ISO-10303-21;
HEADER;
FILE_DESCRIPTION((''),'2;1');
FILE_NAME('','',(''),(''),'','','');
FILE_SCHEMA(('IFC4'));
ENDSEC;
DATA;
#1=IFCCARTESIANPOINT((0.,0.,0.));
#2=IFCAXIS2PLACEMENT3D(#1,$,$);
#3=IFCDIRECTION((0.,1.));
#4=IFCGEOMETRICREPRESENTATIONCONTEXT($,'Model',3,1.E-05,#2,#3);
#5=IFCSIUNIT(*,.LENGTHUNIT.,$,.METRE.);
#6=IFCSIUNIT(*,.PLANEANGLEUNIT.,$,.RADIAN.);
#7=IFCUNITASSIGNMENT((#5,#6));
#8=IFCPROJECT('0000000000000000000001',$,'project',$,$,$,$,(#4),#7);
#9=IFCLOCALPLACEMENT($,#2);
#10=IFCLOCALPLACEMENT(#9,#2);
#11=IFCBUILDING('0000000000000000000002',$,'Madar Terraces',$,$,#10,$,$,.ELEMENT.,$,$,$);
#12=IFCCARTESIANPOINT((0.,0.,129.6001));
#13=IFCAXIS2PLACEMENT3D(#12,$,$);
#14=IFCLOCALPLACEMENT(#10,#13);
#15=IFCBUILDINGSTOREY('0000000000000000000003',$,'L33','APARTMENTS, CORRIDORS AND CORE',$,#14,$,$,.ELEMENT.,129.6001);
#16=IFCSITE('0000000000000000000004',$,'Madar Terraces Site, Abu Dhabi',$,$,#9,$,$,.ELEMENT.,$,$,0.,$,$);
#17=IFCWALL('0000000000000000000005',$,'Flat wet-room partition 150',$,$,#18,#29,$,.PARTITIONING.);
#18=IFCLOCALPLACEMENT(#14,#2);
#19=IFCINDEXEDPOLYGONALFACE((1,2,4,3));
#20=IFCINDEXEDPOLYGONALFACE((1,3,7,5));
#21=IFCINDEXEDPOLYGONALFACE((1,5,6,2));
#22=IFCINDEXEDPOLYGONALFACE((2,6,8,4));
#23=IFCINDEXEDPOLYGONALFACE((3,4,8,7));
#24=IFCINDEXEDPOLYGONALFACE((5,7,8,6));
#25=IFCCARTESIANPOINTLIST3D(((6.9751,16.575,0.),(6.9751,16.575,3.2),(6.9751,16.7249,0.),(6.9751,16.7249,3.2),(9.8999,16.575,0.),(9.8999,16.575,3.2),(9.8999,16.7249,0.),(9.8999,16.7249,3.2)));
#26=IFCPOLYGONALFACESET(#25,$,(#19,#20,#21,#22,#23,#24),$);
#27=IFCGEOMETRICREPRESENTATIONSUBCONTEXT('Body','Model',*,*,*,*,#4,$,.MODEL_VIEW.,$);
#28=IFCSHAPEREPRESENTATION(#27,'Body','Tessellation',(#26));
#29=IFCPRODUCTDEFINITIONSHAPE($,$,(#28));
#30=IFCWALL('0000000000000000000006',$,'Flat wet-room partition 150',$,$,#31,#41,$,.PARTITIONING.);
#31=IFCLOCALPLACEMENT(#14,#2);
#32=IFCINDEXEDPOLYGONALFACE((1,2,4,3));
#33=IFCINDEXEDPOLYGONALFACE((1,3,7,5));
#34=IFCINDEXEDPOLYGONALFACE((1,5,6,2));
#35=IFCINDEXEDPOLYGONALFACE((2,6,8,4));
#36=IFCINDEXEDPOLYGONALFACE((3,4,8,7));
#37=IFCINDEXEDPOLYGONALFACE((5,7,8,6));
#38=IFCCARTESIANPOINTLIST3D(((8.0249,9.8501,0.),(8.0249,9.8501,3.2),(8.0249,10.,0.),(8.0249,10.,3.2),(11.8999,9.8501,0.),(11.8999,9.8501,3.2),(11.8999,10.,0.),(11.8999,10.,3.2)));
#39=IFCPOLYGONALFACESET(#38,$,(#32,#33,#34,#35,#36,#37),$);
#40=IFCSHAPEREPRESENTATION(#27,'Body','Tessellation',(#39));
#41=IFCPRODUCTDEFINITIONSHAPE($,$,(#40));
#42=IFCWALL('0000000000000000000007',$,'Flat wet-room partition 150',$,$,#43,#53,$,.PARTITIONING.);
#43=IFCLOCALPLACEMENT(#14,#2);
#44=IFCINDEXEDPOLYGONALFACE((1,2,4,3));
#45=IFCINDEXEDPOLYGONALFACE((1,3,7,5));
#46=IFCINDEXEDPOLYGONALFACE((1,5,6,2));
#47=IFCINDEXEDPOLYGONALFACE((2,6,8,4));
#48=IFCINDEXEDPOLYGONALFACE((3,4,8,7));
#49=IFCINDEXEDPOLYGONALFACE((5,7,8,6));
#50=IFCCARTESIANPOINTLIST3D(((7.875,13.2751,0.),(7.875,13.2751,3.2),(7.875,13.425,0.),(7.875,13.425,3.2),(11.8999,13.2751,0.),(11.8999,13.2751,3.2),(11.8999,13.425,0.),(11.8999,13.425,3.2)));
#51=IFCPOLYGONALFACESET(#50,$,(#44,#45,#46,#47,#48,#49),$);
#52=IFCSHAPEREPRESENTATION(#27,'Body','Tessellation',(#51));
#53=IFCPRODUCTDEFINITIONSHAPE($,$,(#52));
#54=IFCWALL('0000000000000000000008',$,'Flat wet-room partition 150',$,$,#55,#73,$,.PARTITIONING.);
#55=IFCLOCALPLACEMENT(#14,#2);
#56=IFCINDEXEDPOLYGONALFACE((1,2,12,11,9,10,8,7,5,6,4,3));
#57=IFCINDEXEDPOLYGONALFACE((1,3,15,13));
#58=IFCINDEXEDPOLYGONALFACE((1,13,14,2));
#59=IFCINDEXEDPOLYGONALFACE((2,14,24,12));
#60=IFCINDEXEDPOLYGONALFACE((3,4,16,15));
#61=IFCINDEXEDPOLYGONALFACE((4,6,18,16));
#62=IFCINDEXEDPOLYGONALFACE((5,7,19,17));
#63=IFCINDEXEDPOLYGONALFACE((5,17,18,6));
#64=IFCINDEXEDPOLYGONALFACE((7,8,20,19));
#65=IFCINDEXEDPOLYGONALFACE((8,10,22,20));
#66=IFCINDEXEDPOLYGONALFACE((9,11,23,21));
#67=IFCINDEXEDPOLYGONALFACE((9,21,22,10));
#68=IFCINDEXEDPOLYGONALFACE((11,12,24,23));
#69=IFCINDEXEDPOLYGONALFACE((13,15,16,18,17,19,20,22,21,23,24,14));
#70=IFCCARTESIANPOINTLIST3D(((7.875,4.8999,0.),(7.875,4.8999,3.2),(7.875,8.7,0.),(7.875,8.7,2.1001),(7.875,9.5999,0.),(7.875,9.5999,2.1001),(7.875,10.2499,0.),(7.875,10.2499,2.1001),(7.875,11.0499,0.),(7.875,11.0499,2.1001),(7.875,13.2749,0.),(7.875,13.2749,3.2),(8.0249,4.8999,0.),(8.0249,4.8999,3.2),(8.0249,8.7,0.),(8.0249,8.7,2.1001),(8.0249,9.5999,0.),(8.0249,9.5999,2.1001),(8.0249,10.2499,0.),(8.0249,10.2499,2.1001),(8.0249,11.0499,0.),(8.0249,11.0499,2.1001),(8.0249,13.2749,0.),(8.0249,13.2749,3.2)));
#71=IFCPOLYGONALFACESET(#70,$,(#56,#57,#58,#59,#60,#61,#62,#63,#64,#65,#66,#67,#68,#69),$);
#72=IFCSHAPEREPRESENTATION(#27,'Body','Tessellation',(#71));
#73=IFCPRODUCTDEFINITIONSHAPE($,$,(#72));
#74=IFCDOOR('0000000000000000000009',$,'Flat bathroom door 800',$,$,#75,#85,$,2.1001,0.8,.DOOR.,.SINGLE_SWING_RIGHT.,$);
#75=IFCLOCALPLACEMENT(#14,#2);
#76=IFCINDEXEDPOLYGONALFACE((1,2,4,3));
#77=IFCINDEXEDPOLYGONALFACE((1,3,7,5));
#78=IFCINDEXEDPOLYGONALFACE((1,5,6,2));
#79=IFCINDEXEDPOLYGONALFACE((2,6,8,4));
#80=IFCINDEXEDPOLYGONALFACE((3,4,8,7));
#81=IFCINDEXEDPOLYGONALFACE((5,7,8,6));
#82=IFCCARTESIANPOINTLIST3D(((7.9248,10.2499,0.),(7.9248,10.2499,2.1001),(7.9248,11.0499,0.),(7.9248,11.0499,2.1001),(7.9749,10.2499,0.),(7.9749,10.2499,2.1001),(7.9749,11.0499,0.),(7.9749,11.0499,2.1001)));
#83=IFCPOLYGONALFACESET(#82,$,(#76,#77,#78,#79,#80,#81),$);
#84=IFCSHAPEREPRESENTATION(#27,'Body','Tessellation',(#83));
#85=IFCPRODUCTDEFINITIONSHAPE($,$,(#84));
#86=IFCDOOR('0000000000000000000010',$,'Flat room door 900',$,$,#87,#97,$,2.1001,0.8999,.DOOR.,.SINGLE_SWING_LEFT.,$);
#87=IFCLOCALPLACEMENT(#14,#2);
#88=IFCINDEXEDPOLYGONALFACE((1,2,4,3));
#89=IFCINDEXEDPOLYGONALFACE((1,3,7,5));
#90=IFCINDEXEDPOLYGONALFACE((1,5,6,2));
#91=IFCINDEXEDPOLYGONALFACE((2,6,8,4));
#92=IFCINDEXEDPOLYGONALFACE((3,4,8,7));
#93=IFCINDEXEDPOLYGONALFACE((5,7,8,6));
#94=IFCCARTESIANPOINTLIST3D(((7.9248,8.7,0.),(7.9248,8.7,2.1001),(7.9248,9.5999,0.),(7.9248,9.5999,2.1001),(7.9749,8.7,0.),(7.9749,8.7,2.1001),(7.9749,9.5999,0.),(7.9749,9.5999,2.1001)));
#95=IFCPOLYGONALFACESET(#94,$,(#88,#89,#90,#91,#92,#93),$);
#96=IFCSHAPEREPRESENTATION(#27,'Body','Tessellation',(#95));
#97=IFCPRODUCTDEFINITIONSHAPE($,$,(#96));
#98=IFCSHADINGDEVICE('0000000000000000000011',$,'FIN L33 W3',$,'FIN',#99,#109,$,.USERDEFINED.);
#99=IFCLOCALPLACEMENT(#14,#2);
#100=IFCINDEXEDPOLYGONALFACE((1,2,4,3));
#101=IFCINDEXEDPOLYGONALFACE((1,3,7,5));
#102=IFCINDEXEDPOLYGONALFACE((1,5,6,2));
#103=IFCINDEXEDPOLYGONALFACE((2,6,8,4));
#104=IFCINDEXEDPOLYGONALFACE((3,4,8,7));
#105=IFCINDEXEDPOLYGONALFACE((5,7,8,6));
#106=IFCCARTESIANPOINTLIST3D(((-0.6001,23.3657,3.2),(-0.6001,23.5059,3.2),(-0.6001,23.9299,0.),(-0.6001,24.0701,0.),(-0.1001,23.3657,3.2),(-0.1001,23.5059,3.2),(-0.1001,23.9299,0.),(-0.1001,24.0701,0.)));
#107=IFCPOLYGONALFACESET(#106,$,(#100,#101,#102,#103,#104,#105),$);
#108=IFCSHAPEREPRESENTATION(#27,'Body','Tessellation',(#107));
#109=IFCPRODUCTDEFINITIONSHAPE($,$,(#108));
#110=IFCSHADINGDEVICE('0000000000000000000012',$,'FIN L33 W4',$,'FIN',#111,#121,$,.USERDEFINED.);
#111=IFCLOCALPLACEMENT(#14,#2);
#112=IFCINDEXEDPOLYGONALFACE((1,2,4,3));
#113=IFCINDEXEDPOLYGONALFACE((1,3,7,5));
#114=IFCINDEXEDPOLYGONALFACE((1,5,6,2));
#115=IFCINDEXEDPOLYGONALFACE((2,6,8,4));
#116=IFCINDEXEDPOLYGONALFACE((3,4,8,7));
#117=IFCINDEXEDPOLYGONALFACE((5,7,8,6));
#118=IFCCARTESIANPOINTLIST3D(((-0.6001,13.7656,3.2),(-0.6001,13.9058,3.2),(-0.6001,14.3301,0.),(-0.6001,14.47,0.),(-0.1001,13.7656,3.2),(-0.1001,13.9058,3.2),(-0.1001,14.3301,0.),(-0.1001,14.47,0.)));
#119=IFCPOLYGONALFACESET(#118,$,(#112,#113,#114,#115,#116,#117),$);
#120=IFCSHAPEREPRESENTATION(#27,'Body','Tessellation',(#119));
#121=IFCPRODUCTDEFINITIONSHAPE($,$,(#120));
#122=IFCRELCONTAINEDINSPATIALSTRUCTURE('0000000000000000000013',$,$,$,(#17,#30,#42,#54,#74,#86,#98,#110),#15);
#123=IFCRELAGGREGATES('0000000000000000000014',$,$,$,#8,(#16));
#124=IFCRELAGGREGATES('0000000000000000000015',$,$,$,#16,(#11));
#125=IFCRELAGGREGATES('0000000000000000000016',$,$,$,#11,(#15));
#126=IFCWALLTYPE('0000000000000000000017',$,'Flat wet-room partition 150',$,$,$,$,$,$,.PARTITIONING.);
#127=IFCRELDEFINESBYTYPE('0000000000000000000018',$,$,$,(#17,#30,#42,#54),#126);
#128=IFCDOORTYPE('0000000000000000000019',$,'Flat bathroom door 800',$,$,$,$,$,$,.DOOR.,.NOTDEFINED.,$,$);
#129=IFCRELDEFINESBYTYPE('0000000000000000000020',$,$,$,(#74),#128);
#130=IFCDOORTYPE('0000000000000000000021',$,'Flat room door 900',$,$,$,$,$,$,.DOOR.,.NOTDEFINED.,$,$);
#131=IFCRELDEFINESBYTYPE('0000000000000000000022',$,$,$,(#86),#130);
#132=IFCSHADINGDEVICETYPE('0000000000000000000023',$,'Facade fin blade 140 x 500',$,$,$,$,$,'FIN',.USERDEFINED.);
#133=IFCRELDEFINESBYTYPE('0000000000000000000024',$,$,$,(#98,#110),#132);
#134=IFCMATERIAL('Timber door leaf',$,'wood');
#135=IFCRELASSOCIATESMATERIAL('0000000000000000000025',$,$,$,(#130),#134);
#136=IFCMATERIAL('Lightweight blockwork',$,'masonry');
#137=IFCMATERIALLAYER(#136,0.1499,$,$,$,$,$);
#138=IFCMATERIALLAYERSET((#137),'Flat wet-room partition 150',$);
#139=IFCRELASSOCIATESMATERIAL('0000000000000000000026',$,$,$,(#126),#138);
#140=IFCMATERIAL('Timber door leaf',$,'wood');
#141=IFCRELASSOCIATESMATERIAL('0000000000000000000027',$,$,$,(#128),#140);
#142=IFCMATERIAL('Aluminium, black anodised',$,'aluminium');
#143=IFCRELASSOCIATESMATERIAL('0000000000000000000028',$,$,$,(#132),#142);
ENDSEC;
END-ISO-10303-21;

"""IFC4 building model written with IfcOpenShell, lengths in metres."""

from ifc_helpers import new_model, si_unit, direction, frame, frame_2d, origin, place, context, subcontext, project, spatial, polyline, rectangle, outline, extrude, material, layer, layer_set, type_object, element, fill, save


model = new_model("IFC4")

# Units and contexts
model_context = context("Model", 3, precision=1e-05, world=origin(), true_north=direction((0.0, 1.0)))
body_context = subcontext(model_context, "Body", "Model", "MODEL_VIEW")
ifc_project = project(units=[si_unit("LENGTHUNIT", "METRE"), si_unit("PLANEANGLEUNIT", "RADIAN")], contexts=[model_context])

# Site, building, storey
site_placement = place(None, origin())
site = spatial("IfcSite", under=ifc_project, at=site_placement, Name="Madar Terraces Site, Abu Dhabi", CompositionType="ELEMENT", RefElevation=0.0)
building_placement = place(site_placement, origin())
building = spatial("IfcBuilding", under=site, at=building_placement, Name="Madar Terraces", CompositionType="ELEMENT")
storey_placement = place(building_placement, frame((0.0, 0.0, 129.6001)))
storey = spatial("IfcBuildingStorey", under=building, at=storey_placement, Name="L33", Description="APARTMENTS, CORRIDORS AND CORE", CompositionType="ELEMENT", Elevation=129.6001)

# Shared definitions
ifc_material_1 = material(Name="Timber door leaf", Category="wood")
door_type_1 = type_object("IfcDoorType", Name="Flat room door 900", OperationType="NOTDEFINED", PredefinedType="DOOR", material=ifc_material_1)

# Walls
ifc_material_2 = material(Name="Lightweight blockwork", Category="masonry")
ifc_layer_1 = layer(ifc_material_2, 0.1499)
ifc_layer_set_1 = layer_set([ifc_layer_1], Name="Flat wet-room partition 150")
wall_type_1 = type_object("IfcWallType", Name="Flat wet-room partition 150", PredefinedType="PARTITIONING", material=ifc_layer_set_1)
wall_1_placement = place(storey_placement, frame((9.8999, 16.6499, 0.0), z_axis=(0.0, 0.0, 1.0), x_axis=(-1.0, 0.0, 0.0)))
element("IfcWall", 1, at=wall_1_placement, inside=storey, type_object=wall_type_1, Name="Flat wet-room partition 150", PredefinedType="PARTITIONING", context=body_context, shape_type="SweptSolid", body=[
    extrude(rectangle(XDim=2.9248, YDim=0.1499, at=frame_2d((1.4624, 0.0))), origin(), (0.0, 0.0, 1.0), 3.2),
])
wall_2_placement = place(storey_placement, frame((11.8999, 9.925, 0.0), z_axis=(0.0, 0.0, 1.0), x_axis=(-1.0, 0.0, 0.0)))
element("IfcWall", 2, at=wall_2_placement, inside=storey, type_object=wall_type_1, Name="Flat wet-room partition 150", PredefinedType="PARTITIONING", context=body_context, shape_type="SweptSolid", body=[
    extrude(rectangle(XDim=3.875, YDim=0.1499, at=frame_2d((1.9375, 0.0))), origin(), (0.0, 0.0, 1.0), 3.2),
])
wall_3_placement = place(storey_placement, frame((11.8999, 13.3501, 0.0), z_axis=(0.0, 0.0, 1.0), x_axis=(-1.0, 0.0, 0.0)))
element("IfcWall", 3, at=wall_3_placement, inside=storey, type_object=wall_type_1, Name="Flat wet-room partition 150", PredefinedType="PARTITIONING", context=body_context, shape_type="SweptSolid", body=[
    extrude(rectangle(XDim=4.0249, YDim=0.1499, at=frame_2d((2.0125, 0.0))), origin(), (0.0, 0.0, 1.0), 3.2),
])

# Wall, openings, doors
wall_4_placement = place(storey_placement, frame((7.95, 13.2749, 0.0), z_axis=(0.0, 0.0, 1.0), x_axis=(0.0, -1.0, 0.0)))
wall_4 = element("IfcWall", 4, at=wall_4_placement, inside=storey, type_object=wall_type_1, Name="Flat wet-room partition 150", PredefinedType="PARTITIONING", context=body_context, shape_type="SweptSolid", body=[
    extrude(rectangle(XDim=8.375, YDim=0.1499, at=frame_2d((4.1875, 0.0))), origin(), (0.0, 0.0, 1.0), 3.2),
])
opening_1_placement = place(wall_4_placement, frame((2.2251, 0.0, 0.0)))
opening_1 = element("IfcOpeningElement", 5, at=opening_1_placement, cuts=wall_4, PredefinedType="OPENING", context=body_context, shape_type="SweptSolid", body=[
    extrude(rectangle(XDim=0.8, YDim=2.1001, at=frame_2d((0.3999, 1.05))), frame((0.0, 0.085, 0.0), z_axis=(0.0, -1.0, 0.0), x_axis=(1.0, 0.0, 0.0)), (0.0, 0.0, 1.0), 0.1699),
])
opening_2_placement = place(wall_4_placement, frame((3.675, 0.0, 0.0)))
opening_2 = element("IfcOpeningElement", 6, at=opening_2_placement, cuts=wall_4, PredefinedType="OPENING", context=body_context, shape_type="SweptSolid", body=[
    extrude(rectangle(XDim=0.8999, YDim=2.1001, at=frame_2d((0.45, 1.05))), frame((0.0, 0.085, 0.0), z_axis=(0.0, -1.0, 0.0), x_axis=(1.0, 0.0, 0.0)), (0.0, 0.0, 1.0), 0.1699),
])
ifc_material_3 = material(Name="Timber door leaf", Category="wood")
door_type_2 = type_object("IfcDoorType", Name="Flat bathroom door 800", OperationType="NOTDEFINED", PredefinedType="DOOR", material=ifc_material_3)
door_1_placement = place(opening_1_placement, origin())
door_1 = element("IfcDoor", 7, at=door_1_placement, inside=storey, type_object=door_type_2, Name="Flat bathroom door 800", OperationType="SINGLE_SWING_RIGHT", OverallHeight=2.1001, OverallWidth=0.8, PredefinedType="DOOR", context=body_context, shape_type="SweptSolid", body=[
    extrude(rectangle(XDim=0.8, YDim=2.1001, at=frame_2d((0.3999, 1.05))), frame((0.0, 0.0249, 0.0), z_axis=(0.0, -1.0, 0.0), x_axis=(1.0, 0.0, 0.0)), (0.0, 0.0, 1.0), 0.05),
])
fill(opening_1, door_1)
door_2_placement = place(opening_2_placement, origin())
door_2 = element("IfcDoor", 8, at=door_2_placement, inside=storey, type_object=door_type_1, Name="Flat room door 900", OperationType="SINGLE_SWING_LEFT", OverallHeight=2.1001, OverallWidth=0.8999, PredefinedType="DOOR", context=body_context, shape_type="SweptSolid", body=[
    extrude(rectangle(XDim=0.8999, YDim=2.1001, at=frame_2d((0.45, 1.05))), frame((0.0, 0.0249, 0.0), z_axis=(0.0, -1.0, 0.0), x_axis=(1.0, 0.0, 0.0)), (0.0, 0.0, 1.0), 0.05),
])
fill(opening_2, door_2)

# Shading devices
ifc_material_4 = material(Name="Aluminium, black anodised", Category="aluminium")
shading_device_type = type_object("IfcShadingDeviceType", Name="Facade fin blade 140 x 500", ElementType="FIN", PredefinedType="USERDEFINED", material=ifc_material_4)
shading_device_1_placement = place(storey_placement, frame((-0.3501, 24.0701, 0.0), z_axis=(0.0, 0.0, 1.0), x_axis=(0.0, -1.0, 0.0)))
element("IfcShadingDevice", 9, at=shading_device_1_placement, inside=storey, type_object=shading_device_type, Name="FIN L33 W3", ObjectType="FIN", PredefinedType="USERDEFINED", context=body_context, shape_type="SweptSolid", body=[
    extrude(outline(polyline([(0.0, 0.0), (0.1401, 0.0), (0.7043, 3.2), (0.5642, 3.2), (0.0, 0.0)])), frame((0.0, 0.25, 0.0), z_axis=(0.0, -1.0, 0.0), x_axis=(1.0, 0.0, 0.0)), (0.0, 0.0, 1.0), 0.5),
])
shading_device_2_placement = place(storey_placement, frame((-0.3501, 14.47, 0.0), z_axis=(0.0, 0.0, 1.0), x_axis=(0.0, -1.0, 0.0)))
element("IfcShadingDevice", 10, at=shading_device_2_placement, inside=storey, type_object=shading_device_type, Name="FIN L33 W4", ObjectType="FIN", PredefinedType="USERDEFINED", context=body_context, shape_type="SweptSolid", body=[
    extrude(outline(polyline([(0.0, 0.0), (0.1399, 0.0), (0.7043, 3.2), (0.5642, 3.2), (0.0, 0.0)])), frame((0.0, 0.25, 0.0), z_axis=(0.0, -1.0, 0.0), x_axis=(1.0, 0.0, 0.0)), (0.0, 0.0, 1.0), 0.5),
])

save(model, "model.ifc")
